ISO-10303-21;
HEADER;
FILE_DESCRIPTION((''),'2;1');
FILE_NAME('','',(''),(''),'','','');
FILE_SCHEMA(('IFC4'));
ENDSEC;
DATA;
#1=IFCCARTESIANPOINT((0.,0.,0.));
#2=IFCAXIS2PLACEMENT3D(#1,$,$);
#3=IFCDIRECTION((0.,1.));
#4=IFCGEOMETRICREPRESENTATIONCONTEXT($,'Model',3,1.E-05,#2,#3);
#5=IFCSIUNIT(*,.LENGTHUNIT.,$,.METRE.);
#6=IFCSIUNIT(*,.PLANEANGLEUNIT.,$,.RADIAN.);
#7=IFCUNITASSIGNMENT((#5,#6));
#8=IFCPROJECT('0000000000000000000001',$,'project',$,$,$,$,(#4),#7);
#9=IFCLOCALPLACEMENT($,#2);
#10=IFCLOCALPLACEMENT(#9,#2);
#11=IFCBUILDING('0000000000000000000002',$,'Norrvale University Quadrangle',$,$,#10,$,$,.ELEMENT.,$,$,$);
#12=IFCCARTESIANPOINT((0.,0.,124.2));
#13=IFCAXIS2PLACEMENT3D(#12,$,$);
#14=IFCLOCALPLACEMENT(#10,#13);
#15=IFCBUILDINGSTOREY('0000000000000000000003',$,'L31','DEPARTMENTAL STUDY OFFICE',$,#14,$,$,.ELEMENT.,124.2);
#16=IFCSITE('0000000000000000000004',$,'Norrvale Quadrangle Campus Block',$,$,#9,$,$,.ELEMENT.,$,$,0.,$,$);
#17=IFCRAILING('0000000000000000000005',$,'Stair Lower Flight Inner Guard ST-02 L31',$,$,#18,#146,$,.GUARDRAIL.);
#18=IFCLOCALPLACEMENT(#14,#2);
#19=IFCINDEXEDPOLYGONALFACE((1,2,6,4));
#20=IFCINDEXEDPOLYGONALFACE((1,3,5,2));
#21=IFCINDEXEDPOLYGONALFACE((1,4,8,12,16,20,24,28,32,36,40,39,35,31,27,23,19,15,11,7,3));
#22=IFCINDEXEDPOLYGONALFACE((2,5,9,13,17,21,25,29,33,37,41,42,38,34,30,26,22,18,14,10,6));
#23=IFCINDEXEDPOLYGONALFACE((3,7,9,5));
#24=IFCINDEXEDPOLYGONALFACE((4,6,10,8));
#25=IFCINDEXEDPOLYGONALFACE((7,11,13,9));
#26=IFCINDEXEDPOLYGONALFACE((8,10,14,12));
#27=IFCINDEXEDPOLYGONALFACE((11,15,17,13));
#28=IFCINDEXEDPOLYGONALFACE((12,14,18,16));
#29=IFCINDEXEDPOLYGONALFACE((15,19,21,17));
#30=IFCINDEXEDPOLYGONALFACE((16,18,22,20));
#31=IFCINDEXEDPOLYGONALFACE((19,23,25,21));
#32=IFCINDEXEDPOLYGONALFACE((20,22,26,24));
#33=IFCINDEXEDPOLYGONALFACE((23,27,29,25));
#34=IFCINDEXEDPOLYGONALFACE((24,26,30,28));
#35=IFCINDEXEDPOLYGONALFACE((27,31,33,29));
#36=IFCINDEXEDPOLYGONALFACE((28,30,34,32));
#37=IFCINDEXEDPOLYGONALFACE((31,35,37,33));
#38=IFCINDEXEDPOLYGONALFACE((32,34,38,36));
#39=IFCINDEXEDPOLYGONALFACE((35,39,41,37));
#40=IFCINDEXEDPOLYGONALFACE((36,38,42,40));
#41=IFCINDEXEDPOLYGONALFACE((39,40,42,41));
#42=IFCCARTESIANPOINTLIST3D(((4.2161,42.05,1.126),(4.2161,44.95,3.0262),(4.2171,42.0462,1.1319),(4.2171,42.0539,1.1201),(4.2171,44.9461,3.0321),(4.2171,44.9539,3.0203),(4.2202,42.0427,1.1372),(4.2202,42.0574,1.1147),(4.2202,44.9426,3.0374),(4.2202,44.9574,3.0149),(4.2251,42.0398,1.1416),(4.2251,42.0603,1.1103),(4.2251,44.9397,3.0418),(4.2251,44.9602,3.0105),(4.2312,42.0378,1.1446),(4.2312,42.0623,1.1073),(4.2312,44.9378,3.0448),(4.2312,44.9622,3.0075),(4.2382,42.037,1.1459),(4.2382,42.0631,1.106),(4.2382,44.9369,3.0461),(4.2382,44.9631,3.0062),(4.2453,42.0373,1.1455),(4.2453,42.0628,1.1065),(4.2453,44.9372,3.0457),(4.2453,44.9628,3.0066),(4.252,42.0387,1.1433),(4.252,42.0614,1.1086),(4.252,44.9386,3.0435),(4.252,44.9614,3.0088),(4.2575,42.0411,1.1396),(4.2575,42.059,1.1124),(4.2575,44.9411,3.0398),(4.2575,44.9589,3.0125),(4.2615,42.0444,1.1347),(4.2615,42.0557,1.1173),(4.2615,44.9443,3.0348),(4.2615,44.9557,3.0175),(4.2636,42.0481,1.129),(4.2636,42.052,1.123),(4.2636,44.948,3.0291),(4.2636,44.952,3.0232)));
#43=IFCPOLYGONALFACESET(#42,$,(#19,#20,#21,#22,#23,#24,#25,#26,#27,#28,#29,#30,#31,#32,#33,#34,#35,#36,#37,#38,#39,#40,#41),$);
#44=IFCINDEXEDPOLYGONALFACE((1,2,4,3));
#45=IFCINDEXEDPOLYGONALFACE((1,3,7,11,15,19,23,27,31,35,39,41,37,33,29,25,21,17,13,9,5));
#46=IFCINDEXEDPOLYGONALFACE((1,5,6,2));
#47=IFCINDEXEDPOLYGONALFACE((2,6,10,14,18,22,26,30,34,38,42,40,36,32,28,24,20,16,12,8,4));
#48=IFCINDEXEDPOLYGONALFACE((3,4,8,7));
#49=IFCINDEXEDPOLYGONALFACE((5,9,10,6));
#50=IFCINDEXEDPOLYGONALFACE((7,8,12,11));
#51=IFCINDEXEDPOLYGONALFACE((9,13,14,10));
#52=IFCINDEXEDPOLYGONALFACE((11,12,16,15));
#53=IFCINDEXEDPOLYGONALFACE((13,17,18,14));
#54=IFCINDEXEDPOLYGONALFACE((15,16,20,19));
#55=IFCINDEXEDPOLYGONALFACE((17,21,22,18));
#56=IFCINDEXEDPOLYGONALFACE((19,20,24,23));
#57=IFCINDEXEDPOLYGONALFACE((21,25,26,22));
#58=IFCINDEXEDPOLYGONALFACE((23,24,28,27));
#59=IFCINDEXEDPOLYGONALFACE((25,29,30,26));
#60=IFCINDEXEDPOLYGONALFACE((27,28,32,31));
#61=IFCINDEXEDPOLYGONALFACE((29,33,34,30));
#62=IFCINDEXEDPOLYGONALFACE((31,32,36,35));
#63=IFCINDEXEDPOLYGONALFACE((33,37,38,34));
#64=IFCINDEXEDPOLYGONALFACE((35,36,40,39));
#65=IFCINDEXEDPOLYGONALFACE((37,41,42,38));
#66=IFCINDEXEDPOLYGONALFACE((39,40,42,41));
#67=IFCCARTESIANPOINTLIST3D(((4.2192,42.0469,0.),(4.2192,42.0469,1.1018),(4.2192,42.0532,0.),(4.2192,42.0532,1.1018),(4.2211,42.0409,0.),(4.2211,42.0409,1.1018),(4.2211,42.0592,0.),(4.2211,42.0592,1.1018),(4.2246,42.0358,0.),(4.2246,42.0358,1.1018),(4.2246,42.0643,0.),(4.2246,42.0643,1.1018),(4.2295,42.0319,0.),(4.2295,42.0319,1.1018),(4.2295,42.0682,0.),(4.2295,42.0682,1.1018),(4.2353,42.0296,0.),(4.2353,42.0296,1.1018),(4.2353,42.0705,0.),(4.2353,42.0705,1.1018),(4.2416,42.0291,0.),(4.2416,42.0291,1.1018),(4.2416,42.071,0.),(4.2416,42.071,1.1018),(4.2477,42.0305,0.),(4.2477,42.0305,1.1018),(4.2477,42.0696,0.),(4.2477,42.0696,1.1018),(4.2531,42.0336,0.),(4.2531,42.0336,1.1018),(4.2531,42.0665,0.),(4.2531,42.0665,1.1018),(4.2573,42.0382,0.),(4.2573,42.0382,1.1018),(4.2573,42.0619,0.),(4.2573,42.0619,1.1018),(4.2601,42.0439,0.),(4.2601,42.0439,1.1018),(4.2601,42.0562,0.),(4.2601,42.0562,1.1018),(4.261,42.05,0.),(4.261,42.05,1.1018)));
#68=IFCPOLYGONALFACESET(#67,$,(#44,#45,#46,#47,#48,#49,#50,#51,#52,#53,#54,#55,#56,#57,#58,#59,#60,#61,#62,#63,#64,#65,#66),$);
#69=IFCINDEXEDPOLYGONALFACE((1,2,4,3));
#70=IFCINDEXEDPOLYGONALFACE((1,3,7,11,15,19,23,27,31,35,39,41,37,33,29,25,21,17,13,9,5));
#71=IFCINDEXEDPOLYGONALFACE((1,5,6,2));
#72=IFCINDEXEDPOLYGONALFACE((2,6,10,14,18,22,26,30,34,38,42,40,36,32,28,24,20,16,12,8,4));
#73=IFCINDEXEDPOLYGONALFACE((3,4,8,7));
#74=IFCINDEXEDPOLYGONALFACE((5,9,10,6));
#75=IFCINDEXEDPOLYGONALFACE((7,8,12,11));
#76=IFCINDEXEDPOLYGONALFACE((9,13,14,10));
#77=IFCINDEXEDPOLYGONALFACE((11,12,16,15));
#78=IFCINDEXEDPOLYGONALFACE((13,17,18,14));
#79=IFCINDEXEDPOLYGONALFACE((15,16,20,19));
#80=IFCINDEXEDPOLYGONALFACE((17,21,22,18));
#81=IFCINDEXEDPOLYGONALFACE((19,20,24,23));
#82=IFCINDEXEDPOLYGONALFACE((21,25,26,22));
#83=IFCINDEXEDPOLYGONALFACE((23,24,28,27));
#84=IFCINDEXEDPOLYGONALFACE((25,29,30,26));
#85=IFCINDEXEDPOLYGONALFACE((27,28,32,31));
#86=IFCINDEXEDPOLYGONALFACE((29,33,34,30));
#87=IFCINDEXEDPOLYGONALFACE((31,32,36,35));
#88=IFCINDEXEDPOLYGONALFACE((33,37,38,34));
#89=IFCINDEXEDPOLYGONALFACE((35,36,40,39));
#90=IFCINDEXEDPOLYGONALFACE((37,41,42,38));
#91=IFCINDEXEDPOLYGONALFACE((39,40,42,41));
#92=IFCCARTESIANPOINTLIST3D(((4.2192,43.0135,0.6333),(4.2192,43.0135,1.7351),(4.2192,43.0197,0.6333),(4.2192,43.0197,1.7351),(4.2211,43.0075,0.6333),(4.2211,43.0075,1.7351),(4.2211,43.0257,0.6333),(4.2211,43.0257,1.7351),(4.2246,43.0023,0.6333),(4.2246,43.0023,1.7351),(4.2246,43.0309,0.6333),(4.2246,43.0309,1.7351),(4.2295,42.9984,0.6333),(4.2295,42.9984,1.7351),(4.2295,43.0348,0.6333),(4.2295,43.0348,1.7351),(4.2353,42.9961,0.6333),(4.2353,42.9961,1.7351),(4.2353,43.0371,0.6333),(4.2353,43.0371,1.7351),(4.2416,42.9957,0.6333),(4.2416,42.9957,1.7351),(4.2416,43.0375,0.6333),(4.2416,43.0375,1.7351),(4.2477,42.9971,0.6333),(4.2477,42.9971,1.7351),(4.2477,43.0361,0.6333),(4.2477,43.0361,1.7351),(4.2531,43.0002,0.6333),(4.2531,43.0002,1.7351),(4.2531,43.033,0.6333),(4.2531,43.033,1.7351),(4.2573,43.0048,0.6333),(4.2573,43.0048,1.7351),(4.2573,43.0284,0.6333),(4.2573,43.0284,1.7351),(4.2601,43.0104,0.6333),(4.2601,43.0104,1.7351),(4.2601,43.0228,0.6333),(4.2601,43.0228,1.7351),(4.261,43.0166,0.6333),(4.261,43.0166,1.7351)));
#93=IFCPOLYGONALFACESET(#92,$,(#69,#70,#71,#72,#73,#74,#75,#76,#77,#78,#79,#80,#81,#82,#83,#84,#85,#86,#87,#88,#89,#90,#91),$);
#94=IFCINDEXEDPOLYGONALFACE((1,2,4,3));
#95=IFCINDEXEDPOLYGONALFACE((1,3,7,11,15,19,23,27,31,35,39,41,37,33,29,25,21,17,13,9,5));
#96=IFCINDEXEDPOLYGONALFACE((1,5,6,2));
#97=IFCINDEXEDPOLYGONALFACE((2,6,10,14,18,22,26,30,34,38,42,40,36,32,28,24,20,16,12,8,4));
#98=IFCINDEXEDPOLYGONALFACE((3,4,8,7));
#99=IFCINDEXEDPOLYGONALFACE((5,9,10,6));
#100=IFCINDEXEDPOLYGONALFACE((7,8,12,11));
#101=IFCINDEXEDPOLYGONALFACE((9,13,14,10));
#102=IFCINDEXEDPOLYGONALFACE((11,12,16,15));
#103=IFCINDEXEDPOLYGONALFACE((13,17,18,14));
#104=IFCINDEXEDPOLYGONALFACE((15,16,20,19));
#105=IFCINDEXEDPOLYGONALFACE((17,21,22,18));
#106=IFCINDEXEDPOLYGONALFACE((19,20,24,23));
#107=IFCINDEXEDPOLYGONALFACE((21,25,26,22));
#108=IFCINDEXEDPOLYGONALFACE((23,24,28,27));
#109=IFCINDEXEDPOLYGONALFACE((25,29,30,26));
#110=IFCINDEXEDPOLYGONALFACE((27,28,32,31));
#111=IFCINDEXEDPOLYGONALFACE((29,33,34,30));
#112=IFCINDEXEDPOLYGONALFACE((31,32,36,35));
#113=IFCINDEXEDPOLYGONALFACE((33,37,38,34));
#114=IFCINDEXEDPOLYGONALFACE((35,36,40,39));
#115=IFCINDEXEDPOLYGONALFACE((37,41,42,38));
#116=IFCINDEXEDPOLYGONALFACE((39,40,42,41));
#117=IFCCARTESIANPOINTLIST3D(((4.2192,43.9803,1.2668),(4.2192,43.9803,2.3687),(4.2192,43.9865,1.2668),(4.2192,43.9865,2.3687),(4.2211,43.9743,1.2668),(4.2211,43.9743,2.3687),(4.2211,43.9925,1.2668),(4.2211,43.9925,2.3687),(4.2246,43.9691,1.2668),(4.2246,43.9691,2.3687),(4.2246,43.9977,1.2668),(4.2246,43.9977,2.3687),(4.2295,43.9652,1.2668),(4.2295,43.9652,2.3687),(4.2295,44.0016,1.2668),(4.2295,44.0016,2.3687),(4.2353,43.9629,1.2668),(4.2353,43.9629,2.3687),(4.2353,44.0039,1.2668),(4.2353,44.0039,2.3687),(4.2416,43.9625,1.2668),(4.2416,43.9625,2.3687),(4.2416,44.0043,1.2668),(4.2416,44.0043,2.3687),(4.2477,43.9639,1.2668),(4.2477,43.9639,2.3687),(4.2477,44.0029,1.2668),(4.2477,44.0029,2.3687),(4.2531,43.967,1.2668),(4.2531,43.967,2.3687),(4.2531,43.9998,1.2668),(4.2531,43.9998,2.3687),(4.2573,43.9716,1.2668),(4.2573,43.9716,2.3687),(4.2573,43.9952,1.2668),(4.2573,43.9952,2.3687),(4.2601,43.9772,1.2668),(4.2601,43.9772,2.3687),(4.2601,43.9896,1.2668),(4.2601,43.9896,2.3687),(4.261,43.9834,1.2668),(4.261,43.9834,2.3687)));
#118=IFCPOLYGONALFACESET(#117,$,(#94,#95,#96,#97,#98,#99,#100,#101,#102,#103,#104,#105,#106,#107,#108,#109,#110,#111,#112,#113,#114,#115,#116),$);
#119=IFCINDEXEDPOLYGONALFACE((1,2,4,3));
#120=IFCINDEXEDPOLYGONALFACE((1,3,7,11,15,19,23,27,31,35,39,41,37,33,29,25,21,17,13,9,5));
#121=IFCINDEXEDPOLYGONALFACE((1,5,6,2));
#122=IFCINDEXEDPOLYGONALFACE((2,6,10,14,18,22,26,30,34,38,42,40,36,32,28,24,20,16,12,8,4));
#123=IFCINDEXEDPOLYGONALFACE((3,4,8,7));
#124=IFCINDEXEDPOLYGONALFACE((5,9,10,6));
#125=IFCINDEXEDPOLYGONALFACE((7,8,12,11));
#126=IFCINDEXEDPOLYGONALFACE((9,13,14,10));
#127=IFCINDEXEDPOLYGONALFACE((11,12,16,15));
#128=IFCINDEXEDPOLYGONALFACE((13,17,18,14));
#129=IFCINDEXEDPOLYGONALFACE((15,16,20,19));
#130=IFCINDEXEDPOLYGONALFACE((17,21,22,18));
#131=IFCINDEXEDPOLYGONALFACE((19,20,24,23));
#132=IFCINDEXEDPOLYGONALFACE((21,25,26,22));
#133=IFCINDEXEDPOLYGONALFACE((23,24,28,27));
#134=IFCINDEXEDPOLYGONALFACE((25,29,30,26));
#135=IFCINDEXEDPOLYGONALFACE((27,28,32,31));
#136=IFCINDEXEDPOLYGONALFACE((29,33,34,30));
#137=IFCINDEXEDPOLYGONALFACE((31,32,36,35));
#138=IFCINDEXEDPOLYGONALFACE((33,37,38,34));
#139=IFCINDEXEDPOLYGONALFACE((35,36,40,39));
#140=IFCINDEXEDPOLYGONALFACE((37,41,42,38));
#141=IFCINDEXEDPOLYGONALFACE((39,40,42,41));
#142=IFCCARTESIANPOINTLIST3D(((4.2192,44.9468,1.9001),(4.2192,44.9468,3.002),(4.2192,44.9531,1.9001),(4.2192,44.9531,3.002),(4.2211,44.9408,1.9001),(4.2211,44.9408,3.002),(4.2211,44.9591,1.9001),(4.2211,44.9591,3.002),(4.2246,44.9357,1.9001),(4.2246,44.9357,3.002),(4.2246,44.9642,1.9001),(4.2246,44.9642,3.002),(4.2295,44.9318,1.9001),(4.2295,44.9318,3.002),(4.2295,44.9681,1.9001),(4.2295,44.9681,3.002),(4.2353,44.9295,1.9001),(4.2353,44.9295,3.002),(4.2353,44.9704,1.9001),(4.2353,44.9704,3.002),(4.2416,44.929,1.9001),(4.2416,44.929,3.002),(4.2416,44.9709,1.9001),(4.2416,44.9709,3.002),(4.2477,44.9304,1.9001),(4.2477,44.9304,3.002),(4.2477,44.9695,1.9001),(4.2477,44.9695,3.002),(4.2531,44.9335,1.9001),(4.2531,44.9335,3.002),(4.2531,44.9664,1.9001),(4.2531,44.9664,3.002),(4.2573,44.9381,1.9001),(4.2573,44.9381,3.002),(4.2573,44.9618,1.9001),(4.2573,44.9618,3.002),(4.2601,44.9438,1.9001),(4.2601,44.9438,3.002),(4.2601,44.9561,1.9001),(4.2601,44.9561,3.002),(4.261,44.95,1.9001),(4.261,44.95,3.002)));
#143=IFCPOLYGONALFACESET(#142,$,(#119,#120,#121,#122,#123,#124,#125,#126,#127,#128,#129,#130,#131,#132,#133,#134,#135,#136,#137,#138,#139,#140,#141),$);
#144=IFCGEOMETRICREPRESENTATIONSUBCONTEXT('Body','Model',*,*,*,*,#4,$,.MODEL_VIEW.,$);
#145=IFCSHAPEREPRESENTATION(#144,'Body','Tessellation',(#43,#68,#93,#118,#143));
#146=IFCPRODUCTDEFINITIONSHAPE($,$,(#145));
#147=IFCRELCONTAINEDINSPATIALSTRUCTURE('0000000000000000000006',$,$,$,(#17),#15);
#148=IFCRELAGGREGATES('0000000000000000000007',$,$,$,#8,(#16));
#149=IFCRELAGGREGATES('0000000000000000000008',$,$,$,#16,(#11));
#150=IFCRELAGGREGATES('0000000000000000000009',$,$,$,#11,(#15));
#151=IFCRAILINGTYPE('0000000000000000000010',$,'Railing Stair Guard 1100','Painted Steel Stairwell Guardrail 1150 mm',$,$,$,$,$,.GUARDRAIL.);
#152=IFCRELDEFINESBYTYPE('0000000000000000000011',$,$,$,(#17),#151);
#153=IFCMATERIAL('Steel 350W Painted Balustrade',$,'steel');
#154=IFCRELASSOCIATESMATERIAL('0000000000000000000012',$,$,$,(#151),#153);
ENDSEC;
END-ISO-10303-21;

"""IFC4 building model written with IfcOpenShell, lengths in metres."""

from ifc_helpers import new_model, si_unit, direction, frame, origin, origin_2d, place, context, subcontext, project, spatial, circle, extrude, material, type_object, element, save


model = new_model("IFC4")

# Units and contexts
model_context = context("Model", 3, precision=1e-05, world=origin(), true_north=direction((0.0, 1.0)))
body_context = subcontext(model_context, "Body", "Model", "MODEL_VIEW")
ifc_project = project(units=[si_unit("LENGTHUNIT", "METRE"), si_unit("PLANEANGLEUNIT", "RADIAN")], contexts=[model_context])

# Site, building, storey
site_placement = place(None, origin())
site = spatial("IfcSite", under=ifc_project, at=site_placement, Name="Norrvale Quadrangle Campus Block", CompositionType="ELEMENT", RefElevation=0.0)
building_placement = place(site_placement, origin())
building = spatial("IfcBuilding", under=site, at=building_placement, Name="Norrvale University Quadrangle", CompositionType="ELEMENT")
storey_placement = place(building_placement, frame((0.0, 0.0, 124.2)))
storey = spatial("IfcBuildingStorey", under=building, at=storey_placement, Name="L31", Description="DEPARTMENTAL STUDY OFFICE", CompositionType="ELEMENT", Elevation=124.2)

# Railing
ifc_material_1 = material(Name="Steel 350W Painted Balustrade", Category="steel")
railing_type_1 = type_object("IfcRailingType", Name="Railing Stair Guard 1100", Description="Painted Steel Stairwell Guardrail 1150 mm", PredefinedType="GUARDRAIL", material=ifc_material_1)
railing_1_placement = place(storey_placement, frame((4.24, 42.05, 0.0)))
element("IfcRailing", 1, at=railing_1_placement, inside=storey, type_object=railing_type_1, Name="Stair Lower Flight Inner Guard ST-02 L31", PredefinedType="GUARDRAIL", context=body_context, shape_type="SweptSolid", body=[
    extrude(circle(Radius=0.0239, at=origin_2d()), frame((0.0, 0.0, 1.126), z_axis=(0.0, 0.836433, 0.548069), x_axis=(-1.0, 0.0, 0.0)), (0.0, 0.0, 1.0), 3.467),
    extrude(circle(Radius=0.021, at=origin_2d()), origin(), (0.0, 0.0, 1.0), 1.1018),
    extrude(circle(Radius=0.021, at=origin_2d()), frame((0.0, 0.9666, 0.6333)), (0.0, 0.0, 1.0), 1.1018),
    extrude(circle(Radius=0.021, at=origin_2d()), frame((0.0, 1.9333, 1.2668)), (0.0, 0.0, 1.0), 1.1018),
    extrude(circle(Radius=0.021, at=origin_2d()), frame((0.0, 2.8999, 1.9001)), (0.0, 0.0, 1.0), 1.1018),
])

save(model, "model.ifc")
